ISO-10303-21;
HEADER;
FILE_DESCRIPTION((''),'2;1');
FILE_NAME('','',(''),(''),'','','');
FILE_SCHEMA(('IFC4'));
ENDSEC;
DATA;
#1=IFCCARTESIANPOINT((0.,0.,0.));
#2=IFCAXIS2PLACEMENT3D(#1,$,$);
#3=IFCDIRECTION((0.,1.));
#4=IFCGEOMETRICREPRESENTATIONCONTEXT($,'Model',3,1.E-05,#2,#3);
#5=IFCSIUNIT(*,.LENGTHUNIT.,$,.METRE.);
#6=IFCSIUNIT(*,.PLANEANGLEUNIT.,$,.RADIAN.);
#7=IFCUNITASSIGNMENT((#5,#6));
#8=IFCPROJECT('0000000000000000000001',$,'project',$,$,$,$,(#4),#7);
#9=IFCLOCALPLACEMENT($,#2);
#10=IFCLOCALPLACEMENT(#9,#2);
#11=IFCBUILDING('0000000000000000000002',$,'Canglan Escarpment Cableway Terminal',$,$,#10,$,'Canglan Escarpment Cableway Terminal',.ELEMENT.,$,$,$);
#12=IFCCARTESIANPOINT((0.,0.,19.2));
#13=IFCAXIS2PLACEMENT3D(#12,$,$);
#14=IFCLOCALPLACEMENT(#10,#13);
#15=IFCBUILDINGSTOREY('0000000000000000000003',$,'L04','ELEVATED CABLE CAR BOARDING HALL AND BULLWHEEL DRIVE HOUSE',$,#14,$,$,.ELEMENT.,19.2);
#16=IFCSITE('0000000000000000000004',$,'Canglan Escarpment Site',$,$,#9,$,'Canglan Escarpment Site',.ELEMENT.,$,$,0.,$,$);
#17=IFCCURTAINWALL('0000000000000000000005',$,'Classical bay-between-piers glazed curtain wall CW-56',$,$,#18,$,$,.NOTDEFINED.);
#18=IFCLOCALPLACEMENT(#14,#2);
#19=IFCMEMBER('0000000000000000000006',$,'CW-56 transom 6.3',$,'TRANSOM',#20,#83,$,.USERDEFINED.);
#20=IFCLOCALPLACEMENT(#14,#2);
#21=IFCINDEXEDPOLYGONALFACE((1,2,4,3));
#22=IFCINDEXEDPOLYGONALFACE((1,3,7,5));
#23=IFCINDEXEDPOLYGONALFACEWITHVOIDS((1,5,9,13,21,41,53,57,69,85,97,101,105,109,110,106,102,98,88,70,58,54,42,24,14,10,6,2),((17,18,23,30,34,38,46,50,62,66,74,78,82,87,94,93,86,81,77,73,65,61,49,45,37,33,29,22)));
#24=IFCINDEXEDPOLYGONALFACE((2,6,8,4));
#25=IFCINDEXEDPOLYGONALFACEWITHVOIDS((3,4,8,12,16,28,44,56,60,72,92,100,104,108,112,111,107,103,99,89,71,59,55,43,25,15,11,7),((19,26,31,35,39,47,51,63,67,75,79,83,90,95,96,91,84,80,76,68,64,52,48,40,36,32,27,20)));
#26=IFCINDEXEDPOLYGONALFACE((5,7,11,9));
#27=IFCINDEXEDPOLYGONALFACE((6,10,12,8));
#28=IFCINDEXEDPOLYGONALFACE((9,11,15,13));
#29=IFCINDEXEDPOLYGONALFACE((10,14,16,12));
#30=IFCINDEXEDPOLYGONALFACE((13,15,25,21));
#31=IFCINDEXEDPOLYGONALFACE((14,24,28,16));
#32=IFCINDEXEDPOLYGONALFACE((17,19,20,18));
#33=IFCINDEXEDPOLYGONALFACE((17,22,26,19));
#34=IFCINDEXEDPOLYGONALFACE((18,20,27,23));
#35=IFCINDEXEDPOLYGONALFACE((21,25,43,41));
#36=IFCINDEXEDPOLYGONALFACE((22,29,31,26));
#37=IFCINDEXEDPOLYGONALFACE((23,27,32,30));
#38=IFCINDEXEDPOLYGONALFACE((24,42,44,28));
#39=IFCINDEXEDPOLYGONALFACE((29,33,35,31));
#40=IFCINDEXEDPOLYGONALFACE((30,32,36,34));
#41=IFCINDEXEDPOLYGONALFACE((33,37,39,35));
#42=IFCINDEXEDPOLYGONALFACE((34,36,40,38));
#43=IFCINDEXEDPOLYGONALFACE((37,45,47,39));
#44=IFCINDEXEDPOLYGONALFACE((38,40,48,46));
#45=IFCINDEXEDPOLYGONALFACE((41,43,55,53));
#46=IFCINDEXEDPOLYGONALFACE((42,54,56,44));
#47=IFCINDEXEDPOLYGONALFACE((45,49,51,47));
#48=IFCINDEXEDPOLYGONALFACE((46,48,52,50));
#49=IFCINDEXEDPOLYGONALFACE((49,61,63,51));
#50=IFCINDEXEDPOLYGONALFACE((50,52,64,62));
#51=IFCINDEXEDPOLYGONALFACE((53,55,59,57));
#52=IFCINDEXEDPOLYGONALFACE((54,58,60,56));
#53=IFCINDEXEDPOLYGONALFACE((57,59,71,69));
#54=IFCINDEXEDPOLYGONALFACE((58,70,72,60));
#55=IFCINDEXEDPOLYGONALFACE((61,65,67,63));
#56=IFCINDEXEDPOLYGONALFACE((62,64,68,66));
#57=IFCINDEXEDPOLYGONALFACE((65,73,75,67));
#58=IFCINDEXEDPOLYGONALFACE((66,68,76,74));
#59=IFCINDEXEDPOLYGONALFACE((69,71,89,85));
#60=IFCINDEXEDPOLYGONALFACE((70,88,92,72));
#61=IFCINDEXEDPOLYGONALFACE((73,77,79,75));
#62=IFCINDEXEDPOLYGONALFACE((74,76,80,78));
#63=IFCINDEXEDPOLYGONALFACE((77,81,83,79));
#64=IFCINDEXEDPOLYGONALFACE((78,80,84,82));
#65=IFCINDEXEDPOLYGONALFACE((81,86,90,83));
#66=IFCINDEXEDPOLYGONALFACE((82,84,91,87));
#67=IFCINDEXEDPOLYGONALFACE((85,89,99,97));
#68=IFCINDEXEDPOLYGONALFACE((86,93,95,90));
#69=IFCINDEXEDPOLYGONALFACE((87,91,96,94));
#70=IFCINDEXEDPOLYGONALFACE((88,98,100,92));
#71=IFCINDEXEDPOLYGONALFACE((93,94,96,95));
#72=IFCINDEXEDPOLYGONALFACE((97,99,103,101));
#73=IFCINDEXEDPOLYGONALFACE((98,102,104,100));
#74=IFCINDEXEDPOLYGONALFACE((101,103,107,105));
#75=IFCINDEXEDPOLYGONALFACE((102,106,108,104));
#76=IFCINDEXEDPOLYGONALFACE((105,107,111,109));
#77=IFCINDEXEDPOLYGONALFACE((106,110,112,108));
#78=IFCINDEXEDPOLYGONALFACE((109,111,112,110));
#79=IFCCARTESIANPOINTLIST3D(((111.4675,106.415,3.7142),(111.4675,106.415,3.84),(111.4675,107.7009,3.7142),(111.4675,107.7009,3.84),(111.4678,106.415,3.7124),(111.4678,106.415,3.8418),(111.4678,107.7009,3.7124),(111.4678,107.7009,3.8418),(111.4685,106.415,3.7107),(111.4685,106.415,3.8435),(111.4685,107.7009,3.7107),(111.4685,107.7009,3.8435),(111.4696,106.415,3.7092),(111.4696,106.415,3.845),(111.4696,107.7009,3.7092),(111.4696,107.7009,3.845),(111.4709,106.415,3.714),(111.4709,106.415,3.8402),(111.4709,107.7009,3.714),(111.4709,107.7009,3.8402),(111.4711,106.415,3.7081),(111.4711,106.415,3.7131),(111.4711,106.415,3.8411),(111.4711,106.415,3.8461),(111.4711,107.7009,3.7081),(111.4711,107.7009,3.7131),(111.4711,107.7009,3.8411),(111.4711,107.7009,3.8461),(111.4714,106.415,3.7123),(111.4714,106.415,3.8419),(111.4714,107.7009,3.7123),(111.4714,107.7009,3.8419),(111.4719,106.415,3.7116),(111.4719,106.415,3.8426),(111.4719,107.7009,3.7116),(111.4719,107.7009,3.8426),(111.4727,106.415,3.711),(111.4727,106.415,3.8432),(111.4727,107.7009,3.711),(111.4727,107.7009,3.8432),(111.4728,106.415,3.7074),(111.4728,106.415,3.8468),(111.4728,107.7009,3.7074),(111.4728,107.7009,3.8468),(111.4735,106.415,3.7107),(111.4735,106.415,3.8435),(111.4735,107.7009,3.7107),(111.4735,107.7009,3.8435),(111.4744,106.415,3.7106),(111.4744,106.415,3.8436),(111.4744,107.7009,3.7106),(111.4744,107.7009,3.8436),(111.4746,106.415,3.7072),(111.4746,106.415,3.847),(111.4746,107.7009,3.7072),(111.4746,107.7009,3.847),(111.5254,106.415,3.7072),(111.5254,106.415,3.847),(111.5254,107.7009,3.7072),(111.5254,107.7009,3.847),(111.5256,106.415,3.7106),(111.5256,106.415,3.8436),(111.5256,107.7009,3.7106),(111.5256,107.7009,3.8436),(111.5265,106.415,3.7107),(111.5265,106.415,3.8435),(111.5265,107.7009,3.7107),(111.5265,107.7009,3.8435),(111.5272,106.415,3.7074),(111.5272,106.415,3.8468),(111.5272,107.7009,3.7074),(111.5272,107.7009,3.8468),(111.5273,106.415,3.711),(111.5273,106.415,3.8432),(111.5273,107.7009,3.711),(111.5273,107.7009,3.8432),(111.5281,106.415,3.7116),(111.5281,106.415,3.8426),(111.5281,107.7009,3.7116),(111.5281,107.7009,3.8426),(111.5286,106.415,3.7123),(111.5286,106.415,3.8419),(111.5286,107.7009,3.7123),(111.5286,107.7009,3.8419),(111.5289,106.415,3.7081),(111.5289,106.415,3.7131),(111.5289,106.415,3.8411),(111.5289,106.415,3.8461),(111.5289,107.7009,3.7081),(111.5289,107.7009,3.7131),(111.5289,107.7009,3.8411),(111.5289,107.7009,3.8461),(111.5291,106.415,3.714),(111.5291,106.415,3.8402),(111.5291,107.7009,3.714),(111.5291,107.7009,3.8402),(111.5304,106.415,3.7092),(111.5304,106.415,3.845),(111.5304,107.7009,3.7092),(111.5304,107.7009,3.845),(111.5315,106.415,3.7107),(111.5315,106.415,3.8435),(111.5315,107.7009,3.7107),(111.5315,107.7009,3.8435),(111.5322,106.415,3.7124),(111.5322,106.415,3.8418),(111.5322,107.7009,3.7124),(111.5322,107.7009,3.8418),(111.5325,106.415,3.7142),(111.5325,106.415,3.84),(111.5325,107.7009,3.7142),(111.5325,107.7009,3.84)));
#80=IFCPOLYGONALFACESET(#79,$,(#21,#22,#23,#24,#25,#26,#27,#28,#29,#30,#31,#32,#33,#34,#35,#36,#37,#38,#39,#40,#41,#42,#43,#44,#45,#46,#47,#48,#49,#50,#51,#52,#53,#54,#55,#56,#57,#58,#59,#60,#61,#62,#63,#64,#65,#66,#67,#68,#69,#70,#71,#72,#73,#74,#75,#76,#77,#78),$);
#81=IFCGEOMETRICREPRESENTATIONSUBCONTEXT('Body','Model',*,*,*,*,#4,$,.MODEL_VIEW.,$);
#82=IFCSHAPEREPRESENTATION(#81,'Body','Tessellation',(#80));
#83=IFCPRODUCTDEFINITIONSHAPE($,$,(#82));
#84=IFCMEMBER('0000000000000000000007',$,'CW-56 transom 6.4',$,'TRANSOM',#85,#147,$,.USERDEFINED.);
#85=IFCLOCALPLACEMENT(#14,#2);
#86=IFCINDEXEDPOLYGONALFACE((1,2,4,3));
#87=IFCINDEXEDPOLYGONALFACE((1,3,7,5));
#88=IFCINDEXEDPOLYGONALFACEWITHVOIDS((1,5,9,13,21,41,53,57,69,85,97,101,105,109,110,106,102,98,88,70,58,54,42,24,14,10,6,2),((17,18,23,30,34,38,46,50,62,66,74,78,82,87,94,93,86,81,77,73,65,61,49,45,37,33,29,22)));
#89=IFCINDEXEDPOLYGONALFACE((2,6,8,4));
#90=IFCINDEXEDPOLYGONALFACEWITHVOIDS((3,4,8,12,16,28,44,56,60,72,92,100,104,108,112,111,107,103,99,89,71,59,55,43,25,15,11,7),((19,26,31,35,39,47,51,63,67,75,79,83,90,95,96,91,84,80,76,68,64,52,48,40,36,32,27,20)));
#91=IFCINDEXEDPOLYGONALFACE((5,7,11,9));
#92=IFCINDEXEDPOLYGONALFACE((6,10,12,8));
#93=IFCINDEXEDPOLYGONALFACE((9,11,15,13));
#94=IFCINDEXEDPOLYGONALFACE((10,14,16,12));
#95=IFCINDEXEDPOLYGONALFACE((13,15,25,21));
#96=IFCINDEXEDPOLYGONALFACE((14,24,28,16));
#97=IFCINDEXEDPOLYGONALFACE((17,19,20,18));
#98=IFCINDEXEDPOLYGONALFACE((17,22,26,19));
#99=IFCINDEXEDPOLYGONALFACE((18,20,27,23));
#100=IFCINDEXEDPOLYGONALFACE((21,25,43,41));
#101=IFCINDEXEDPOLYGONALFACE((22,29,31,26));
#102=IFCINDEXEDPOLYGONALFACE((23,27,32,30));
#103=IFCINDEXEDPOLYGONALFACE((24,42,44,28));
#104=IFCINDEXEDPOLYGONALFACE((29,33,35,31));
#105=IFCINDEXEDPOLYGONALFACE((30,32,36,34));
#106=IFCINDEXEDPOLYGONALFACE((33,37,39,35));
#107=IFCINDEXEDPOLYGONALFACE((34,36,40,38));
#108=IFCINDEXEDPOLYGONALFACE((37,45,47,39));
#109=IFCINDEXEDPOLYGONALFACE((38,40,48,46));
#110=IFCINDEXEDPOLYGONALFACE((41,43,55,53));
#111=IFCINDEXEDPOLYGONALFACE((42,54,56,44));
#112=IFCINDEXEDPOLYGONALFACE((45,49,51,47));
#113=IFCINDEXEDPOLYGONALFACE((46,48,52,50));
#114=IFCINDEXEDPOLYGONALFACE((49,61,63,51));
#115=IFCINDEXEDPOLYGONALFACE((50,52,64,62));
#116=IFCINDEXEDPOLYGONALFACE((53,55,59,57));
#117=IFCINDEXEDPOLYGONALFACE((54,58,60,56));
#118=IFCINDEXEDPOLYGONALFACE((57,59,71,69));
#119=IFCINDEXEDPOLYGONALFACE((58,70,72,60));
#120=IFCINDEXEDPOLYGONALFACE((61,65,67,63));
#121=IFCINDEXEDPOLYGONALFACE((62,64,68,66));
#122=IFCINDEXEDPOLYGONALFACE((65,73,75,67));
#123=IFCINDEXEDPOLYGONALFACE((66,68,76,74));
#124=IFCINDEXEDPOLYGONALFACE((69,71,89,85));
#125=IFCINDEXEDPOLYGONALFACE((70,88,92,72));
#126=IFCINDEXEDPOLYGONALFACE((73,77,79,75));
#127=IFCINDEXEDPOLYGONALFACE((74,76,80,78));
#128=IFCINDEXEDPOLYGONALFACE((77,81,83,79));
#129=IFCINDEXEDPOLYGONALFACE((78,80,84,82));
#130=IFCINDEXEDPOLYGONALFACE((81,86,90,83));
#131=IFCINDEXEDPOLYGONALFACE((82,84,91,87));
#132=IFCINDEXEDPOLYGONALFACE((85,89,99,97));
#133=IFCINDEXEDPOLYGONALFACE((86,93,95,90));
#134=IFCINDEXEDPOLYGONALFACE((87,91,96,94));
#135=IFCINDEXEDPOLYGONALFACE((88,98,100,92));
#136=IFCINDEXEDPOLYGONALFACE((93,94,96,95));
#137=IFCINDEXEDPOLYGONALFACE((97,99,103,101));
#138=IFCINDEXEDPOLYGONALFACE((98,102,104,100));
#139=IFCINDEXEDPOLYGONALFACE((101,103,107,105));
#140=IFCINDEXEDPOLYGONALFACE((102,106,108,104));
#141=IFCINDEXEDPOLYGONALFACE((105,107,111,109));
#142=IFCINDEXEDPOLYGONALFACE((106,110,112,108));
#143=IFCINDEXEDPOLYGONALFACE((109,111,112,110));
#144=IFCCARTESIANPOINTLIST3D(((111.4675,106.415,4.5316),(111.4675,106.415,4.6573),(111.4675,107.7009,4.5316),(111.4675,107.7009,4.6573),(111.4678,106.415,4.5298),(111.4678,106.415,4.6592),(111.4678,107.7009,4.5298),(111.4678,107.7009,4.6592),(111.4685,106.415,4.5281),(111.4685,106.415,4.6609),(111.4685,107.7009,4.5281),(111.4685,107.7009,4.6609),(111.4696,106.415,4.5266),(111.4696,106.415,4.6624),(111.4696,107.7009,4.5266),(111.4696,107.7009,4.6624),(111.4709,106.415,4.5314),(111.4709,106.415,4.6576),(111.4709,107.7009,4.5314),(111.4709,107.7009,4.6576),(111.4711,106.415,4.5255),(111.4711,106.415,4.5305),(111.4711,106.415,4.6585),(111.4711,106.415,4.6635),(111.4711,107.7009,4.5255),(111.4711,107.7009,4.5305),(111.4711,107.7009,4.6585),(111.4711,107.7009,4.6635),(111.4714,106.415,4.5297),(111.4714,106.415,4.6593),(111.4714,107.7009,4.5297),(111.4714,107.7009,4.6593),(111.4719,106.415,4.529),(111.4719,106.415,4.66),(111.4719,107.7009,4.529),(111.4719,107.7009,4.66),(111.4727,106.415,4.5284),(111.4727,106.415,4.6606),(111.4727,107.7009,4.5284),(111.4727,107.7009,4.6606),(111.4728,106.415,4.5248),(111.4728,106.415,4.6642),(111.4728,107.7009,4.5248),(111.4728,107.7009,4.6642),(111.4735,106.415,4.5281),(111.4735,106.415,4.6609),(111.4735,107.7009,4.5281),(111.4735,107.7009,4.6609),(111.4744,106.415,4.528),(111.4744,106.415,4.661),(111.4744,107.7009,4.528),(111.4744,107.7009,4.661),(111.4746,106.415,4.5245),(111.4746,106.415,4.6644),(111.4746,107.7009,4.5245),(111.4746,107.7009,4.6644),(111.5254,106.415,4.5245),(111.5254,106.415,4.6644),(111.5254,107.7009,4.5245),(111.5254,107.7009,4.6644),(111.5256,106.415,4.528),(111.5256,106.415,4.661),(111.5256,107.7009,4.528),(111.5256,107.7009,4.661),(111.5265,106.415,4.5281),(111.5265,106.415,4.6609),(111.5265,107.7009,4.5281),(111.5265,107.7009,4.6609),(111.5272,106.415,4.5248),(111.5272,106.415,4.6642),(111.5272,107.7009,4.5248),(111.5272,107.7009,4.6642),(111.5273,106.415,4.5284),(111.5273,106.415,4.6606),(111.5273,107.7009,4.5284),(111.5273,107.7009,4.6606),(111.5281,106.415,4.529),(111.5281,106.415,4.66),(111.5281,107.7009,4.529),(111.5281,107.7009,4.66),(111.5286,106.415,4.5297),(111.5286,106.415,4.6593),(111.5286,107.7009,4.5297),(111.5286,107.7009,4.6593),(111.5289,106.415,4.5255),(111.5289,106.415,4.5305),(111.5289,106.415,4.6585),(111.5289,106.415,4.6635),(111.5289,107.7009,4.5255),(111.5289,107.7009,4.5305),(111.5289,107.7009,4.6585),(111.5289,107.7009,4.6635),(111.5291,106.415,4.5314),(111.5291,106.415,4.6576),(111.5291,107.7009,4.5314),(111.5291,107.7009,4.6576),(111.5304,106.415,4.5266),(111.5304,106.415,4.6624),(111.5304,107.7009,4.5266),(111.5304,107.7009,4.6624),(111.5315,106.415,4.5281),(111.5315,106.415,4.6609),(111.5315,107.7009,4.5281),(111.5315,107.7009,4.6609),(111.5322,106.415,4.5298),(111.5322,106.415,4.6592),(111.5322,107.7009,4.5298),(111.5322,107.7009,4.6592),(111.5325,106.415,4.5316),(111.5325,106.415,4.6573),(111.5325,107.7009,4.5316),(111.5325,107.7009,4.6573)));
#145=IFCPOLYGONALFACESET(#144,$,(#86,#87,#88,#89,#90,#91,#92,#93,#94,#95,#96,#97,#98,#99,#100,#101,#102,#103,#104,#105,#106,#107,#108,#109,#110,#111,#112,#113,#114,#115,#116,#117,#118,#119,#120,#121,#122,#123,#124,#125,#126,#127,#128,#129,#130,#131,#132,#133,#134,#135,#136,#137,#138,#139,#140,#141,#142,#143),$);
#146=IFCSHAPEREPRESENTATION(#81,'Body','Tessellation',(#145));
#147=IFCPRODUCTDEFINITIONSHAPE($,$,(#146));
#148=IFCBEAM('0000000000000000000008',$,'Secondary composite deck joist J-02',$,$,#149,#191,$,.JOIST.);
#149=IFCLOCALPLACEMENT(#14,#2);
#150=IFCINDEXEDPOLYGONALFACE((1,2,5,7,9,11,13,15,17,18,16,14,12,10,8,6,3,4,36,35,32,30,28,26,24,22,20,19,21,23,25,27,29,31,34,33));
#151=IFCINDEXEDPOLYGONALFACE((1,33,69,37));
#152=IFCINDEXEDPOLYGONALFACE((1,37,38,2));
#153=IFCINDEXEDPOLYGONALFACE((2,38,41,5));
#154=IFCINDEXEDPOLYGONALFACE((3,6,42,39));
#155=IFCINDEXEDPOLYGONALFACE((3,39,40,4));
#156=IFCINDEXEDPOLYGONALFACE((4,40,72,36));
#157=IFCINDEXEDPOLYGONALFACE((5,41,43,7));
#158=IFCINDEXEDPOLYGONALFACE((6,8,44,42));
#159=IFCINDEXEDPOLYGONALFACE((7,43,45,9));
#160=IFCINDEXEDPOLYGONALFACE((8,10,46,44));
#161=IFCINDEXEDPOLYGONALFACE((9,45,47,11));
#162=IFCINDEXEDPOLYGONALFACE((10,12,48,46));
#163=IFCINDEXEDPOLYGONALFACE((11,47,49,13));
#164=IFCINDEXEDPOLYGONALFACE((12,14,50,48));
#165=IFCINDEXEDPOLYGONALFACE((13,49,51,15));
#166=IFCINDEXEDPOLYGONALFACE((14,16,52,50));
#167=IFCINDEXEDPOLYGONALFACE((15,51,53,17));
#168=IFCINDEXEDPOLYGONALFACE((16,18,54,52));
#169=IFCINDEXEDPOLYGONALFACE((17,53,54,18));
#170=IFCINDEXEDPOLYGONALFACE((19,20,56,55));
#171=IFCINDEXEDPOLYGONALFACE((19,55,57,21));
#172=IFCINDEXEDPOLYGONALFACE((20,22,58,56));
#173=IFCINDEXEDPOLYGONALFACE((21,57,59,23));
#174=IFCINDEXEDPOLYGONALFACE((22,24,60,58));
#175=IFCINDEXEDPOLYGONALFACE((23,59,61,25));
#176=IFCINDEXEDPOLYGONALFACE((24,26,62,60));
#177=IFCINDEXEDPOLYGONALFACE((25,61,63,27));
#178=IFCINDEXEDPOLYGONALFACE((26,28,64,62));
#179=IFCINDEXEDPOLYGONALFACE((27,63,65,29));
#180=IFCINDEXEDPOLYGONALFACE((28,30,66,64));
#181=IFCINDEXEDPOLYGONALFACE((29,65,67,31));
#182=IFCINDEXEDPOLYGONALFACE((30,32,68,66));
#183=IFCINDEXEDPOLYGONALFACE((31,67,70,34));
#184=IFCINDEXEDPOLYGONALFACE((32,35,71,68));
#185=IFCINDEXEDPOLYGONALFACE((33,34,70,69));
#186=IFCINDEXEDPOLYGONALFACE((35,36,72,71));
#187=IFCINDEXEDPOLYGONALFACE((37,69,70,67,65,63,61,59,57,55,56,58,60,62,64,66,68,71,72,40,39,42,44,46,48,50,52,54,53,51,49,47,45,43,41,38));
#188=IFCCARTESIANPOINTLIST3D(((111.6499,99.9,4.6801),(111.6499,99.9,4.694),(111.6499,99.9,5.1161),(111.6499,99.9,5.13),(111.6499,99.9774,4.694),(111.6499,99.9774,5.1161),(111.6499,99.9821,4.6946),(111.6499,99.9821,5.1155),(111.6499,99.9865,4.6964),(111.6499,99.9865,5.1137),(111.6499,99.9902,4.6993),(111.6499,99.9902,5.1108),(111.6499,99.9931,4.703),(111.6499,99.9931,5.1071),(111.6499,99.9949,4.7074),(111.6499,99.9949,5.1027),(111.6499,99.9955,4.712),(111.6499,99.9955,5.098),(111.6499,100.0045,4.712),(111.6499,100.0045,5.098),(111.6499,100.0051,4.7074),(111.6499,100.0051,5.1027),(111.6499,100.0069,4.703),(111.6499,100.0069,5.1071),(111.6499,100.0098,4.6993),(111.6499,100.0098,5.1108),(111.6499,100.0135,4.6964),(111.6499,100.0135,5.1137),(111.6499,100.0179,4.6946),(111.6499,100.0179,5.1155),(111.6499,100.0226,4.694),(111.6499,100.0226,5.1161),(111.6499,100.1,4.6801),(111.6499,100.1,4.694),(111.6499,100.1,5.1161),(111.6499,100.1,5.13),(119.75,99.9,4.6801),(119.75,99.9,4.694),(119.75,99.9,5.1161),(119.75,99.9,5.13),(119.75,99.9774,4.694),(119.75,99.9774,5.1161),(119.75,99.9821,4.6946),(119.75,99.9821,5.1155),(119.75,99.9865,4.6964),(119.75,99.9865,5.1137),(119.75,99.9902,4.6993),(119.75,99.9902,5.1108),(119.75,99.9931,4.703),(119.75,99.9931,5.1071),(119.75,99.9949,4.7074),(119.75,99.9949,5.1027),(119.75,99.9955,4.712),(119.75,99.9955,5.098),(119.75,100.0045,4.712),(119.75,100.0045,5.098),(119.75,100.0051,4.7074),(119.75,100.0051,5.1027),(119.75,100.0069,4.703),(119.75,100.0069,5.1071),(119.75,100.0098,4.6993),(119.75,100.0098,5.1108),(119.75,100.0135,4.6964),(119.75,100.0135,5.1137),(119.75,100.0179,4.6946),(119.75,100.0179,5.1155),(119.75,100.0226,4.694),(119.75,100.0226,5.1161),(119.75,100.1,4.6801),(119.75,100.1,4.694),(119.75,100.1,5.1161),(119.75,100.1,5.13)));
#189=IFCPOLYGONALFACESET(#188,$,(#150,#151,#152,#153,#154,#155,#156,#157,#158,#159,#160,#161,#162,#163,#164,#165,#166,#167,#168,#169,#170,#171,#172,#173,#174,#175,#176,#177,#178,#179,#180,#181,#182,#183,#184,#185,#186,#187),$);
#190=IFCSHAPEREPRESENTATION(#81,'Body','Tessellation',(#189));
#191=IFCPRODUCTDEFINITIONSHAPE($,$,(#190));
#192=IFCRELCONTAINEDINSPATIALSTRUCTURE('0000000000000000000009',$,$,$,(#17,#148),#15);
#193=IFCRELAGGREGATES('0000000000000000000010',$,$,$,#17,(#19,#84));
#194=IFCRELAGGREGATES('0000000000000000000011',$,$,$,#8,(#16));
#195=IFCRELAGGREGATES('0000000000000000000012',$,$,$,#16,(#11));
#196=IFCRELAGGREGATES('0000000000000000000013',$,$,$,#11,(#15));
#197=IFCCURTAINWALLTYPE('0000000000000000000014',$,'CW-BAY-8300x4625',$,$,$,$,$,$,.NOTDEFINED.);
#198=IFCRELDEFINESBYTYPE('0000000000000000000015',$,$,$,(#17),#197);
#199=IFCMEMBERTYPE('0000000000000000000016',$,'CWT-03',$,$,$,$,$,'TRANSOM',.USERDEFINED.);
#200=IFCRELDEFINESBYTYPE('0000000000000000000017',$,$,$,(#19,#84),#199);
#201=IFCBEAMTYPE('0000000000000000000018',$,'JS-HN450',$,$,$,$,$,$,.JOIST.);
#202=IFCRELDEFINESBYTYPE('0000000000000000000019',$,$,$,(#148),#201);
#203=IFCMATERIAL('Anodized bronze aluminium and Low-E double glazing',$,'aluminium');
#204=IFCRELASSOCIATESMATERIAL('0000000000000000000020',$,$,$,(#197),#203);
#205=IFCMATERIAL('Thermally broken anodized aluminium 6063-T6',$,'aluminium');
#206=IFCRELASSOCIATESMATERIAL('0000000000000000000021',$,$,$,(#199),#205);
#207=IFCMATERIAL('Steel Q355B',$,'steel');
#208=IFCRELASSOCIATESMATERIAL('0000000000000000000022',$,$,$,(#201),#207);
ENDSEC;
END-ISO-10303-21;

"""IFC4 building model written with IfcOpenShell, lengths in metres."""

from ifc_helpers import new_model, si_unit, direction, frame, origin, origin_2d, place, context, subcontext, project, spatial, hollow_rectangle, i_section, extrude, material, material_profile, profile_set, type_object, element, aggregate, save


model = new_model("IFC4")

# Units and contexts
model_context = context("Model", 3, precision=1e-05, world=origin(), true_north=direction((0.0, 1.0)))
body_context = subcontext(model_context, "Body", "Model", "MODEL_VIEW")
ifc_project = project(units=[si_unit("LENGTHUNIT", "METRE"), si_unit("PLANEANGLEUNIT", "RADIAN")], contexts=[model_context])

# Site, building, storey
site_placement = place(None, origin())
site = spatial("IfcSite", under=ifc_project, at=site_placement, Name="Canglan Escarpment Site", LongName="Canglan Escarpment Site", CompositionType="ELEMENT", RefElevation=0.0)
building_placement = place(site_placement, origin())
building = spatial("IfcBuilding", under=site, at=building_placement, Name="Canglan Escarpment Cableway Terminal", LongName="Canglan Escarpment Cableway Terminal", CompositionType="ELEMENT")
storey_placement = place(building_placement, frame((0.0, 0.0, 19.2)))
storey = spatial("IfcBuildingStorey", under=building, at=storey_placement, Name="L04", Description="ELEVATED CABLE CAR BOARDING HALL AND BULLWHEEL DRIVE HOUSE", CompositionType="ELEMENT", Elevation=19.2)

# Curtain wall
ifc_material_1 = material(Name="Anodized bronze aluminium and Low-E double glazing", Category="aluminium")
curtain_wall_type = type_object("IfcCurtainWallType", Name="CW-BAY-8300x4625", PredefinedType="NOTDEFINED", material=ifc_material_1)
curtain_wall_1_placement = place(storey_placement, origin())
curtain_wall_1 = element("IfcCurtainWall", 1, at=curtain_wall_1_placement, inside=storey, type_object=curtain_wall_type, Name="Classical bay-between-piers glazed curtain wall CW-56", PredefinedType="NOTDEFINED")
ifc_material_2 = material(Name="Thermally broken anodized aluminium 6063-T6", Category="aluminium")

# Members
ifc_material_profile_1 = material_profile(ifc_material_2, hollow_rectangle(XDim=0.0649, YDim=0.1399, WallThickness=0.0034, InnerFilletRadius=0.0034, OuterFilletRadius=0.0071, at=origin_2d()), Name="ALU-TRAN 65x140x3.5")
ifc_profile_set_1 = profile_set([ifc_material_profile_1], Name="Thermally broken anodized aluminium 6063-T6")
member_type_1 = type_object("IfcMemberType", Name="CWT-03", ElementType="TRANSOM", PredefinedType="USERDEFINED", material=ifc_profile_set_1)
member_1_placement = place(storey_placement, frame((111.5, 107.7009, 3.7771), z_axis=(0.0, -1.0, 0.0), x_axis=(1.0, 0.0, 0.0)))
member_1 = element("IfcMember", 2, at=member_1_placement, type_object=member_type_1, Name="CW-56 transom 6.3", ObjectType="TRANSOM", PredefinedType="USERDEFINED", context=body_context, shape_type="SweptSolid", body=[
    extrude(hollow_rectangle(XDim=0.0649, YDim=0.1399, WallThickness=0.0034, InnerFilletRadius=0.0034, OuterFilletRadius=0.0071, at=origin_2d()), origin(), (0.0, 0.0, 1.0), 1.2859),
])
member_2_placement = place(storey_placement, frame((111.5, 107.7009, 4.5945), z_axis=(0.0, -1.0, 0.0), x_axis=(1.0, 0.0, 0.0)))
member_2 = element("IfcMember", 3, at=member_2_placement, type_object=member_type_1, Name="CW-56 transom 6.4", ObjectType="TRANSOM", PredefinedType="USERDEFINED", context=body_context, shape_type="SweptSolid", body=[
    extrude(hollow_rectangle(XDim=0.0649, YDim=0.1399, WallThickness=0.0034, InnerFilletRadius=0.0034, OuterFilletRadius=0.0071, at=origin_2d()), origin(), (0.0, 0.0, 1.0), 1.2859),
])

# Beam
ifc_material_3 = material(Name="Steel Q355B", Category="steel")
ifc_material_profile_2 = material_profile(ifc_material_3, i_section(OverallWidth=0.2, OverallDepth=0.45, WebThickness=0.009, FlangeThickness=0.0139, FilletRadius=0.0181, at=origin_2d()), Name="HN 450x200x9x14")
ifc_profile_set_2 = profile_set([ifc_material_profile_2], Name="Steel Q355B")
beam_type_1 = type_object("IfcBeamType", Name="JS-HN450", PredefinedType="JOIST", material=ifc_profile_set_2)
for number, where, z_axis, x_axis, name in (
    (4, (111.6499, 100.0, 4.905), (1.0, 0.0, 0.0), (0.0, 1.0, 0.0), "Secondary composite deck joist J-02"),
):
    element("IfcBeam", number, at=place(storey_placement, frame(where, z_axis=z_axis, x_axis=x_axis)), inside=storey, type_object=beam_type_1, Name=name, PredefinedType="JOIST", context=body_context, shape_type="SweptSolid", body=[
        extrude(i_section(OverallWidth=0.2, OverallDepth=0.45, WebThickness=0.009, FlangeThickness=0.0139, FilletRadius=0.0181, at=origin_2d()), origin(), (0.0, 0.0, 1.0), 8.1001),
    ])

aggregate(curtain_wall_1, [member_1, member_2])

save(model, "model.ifc")
